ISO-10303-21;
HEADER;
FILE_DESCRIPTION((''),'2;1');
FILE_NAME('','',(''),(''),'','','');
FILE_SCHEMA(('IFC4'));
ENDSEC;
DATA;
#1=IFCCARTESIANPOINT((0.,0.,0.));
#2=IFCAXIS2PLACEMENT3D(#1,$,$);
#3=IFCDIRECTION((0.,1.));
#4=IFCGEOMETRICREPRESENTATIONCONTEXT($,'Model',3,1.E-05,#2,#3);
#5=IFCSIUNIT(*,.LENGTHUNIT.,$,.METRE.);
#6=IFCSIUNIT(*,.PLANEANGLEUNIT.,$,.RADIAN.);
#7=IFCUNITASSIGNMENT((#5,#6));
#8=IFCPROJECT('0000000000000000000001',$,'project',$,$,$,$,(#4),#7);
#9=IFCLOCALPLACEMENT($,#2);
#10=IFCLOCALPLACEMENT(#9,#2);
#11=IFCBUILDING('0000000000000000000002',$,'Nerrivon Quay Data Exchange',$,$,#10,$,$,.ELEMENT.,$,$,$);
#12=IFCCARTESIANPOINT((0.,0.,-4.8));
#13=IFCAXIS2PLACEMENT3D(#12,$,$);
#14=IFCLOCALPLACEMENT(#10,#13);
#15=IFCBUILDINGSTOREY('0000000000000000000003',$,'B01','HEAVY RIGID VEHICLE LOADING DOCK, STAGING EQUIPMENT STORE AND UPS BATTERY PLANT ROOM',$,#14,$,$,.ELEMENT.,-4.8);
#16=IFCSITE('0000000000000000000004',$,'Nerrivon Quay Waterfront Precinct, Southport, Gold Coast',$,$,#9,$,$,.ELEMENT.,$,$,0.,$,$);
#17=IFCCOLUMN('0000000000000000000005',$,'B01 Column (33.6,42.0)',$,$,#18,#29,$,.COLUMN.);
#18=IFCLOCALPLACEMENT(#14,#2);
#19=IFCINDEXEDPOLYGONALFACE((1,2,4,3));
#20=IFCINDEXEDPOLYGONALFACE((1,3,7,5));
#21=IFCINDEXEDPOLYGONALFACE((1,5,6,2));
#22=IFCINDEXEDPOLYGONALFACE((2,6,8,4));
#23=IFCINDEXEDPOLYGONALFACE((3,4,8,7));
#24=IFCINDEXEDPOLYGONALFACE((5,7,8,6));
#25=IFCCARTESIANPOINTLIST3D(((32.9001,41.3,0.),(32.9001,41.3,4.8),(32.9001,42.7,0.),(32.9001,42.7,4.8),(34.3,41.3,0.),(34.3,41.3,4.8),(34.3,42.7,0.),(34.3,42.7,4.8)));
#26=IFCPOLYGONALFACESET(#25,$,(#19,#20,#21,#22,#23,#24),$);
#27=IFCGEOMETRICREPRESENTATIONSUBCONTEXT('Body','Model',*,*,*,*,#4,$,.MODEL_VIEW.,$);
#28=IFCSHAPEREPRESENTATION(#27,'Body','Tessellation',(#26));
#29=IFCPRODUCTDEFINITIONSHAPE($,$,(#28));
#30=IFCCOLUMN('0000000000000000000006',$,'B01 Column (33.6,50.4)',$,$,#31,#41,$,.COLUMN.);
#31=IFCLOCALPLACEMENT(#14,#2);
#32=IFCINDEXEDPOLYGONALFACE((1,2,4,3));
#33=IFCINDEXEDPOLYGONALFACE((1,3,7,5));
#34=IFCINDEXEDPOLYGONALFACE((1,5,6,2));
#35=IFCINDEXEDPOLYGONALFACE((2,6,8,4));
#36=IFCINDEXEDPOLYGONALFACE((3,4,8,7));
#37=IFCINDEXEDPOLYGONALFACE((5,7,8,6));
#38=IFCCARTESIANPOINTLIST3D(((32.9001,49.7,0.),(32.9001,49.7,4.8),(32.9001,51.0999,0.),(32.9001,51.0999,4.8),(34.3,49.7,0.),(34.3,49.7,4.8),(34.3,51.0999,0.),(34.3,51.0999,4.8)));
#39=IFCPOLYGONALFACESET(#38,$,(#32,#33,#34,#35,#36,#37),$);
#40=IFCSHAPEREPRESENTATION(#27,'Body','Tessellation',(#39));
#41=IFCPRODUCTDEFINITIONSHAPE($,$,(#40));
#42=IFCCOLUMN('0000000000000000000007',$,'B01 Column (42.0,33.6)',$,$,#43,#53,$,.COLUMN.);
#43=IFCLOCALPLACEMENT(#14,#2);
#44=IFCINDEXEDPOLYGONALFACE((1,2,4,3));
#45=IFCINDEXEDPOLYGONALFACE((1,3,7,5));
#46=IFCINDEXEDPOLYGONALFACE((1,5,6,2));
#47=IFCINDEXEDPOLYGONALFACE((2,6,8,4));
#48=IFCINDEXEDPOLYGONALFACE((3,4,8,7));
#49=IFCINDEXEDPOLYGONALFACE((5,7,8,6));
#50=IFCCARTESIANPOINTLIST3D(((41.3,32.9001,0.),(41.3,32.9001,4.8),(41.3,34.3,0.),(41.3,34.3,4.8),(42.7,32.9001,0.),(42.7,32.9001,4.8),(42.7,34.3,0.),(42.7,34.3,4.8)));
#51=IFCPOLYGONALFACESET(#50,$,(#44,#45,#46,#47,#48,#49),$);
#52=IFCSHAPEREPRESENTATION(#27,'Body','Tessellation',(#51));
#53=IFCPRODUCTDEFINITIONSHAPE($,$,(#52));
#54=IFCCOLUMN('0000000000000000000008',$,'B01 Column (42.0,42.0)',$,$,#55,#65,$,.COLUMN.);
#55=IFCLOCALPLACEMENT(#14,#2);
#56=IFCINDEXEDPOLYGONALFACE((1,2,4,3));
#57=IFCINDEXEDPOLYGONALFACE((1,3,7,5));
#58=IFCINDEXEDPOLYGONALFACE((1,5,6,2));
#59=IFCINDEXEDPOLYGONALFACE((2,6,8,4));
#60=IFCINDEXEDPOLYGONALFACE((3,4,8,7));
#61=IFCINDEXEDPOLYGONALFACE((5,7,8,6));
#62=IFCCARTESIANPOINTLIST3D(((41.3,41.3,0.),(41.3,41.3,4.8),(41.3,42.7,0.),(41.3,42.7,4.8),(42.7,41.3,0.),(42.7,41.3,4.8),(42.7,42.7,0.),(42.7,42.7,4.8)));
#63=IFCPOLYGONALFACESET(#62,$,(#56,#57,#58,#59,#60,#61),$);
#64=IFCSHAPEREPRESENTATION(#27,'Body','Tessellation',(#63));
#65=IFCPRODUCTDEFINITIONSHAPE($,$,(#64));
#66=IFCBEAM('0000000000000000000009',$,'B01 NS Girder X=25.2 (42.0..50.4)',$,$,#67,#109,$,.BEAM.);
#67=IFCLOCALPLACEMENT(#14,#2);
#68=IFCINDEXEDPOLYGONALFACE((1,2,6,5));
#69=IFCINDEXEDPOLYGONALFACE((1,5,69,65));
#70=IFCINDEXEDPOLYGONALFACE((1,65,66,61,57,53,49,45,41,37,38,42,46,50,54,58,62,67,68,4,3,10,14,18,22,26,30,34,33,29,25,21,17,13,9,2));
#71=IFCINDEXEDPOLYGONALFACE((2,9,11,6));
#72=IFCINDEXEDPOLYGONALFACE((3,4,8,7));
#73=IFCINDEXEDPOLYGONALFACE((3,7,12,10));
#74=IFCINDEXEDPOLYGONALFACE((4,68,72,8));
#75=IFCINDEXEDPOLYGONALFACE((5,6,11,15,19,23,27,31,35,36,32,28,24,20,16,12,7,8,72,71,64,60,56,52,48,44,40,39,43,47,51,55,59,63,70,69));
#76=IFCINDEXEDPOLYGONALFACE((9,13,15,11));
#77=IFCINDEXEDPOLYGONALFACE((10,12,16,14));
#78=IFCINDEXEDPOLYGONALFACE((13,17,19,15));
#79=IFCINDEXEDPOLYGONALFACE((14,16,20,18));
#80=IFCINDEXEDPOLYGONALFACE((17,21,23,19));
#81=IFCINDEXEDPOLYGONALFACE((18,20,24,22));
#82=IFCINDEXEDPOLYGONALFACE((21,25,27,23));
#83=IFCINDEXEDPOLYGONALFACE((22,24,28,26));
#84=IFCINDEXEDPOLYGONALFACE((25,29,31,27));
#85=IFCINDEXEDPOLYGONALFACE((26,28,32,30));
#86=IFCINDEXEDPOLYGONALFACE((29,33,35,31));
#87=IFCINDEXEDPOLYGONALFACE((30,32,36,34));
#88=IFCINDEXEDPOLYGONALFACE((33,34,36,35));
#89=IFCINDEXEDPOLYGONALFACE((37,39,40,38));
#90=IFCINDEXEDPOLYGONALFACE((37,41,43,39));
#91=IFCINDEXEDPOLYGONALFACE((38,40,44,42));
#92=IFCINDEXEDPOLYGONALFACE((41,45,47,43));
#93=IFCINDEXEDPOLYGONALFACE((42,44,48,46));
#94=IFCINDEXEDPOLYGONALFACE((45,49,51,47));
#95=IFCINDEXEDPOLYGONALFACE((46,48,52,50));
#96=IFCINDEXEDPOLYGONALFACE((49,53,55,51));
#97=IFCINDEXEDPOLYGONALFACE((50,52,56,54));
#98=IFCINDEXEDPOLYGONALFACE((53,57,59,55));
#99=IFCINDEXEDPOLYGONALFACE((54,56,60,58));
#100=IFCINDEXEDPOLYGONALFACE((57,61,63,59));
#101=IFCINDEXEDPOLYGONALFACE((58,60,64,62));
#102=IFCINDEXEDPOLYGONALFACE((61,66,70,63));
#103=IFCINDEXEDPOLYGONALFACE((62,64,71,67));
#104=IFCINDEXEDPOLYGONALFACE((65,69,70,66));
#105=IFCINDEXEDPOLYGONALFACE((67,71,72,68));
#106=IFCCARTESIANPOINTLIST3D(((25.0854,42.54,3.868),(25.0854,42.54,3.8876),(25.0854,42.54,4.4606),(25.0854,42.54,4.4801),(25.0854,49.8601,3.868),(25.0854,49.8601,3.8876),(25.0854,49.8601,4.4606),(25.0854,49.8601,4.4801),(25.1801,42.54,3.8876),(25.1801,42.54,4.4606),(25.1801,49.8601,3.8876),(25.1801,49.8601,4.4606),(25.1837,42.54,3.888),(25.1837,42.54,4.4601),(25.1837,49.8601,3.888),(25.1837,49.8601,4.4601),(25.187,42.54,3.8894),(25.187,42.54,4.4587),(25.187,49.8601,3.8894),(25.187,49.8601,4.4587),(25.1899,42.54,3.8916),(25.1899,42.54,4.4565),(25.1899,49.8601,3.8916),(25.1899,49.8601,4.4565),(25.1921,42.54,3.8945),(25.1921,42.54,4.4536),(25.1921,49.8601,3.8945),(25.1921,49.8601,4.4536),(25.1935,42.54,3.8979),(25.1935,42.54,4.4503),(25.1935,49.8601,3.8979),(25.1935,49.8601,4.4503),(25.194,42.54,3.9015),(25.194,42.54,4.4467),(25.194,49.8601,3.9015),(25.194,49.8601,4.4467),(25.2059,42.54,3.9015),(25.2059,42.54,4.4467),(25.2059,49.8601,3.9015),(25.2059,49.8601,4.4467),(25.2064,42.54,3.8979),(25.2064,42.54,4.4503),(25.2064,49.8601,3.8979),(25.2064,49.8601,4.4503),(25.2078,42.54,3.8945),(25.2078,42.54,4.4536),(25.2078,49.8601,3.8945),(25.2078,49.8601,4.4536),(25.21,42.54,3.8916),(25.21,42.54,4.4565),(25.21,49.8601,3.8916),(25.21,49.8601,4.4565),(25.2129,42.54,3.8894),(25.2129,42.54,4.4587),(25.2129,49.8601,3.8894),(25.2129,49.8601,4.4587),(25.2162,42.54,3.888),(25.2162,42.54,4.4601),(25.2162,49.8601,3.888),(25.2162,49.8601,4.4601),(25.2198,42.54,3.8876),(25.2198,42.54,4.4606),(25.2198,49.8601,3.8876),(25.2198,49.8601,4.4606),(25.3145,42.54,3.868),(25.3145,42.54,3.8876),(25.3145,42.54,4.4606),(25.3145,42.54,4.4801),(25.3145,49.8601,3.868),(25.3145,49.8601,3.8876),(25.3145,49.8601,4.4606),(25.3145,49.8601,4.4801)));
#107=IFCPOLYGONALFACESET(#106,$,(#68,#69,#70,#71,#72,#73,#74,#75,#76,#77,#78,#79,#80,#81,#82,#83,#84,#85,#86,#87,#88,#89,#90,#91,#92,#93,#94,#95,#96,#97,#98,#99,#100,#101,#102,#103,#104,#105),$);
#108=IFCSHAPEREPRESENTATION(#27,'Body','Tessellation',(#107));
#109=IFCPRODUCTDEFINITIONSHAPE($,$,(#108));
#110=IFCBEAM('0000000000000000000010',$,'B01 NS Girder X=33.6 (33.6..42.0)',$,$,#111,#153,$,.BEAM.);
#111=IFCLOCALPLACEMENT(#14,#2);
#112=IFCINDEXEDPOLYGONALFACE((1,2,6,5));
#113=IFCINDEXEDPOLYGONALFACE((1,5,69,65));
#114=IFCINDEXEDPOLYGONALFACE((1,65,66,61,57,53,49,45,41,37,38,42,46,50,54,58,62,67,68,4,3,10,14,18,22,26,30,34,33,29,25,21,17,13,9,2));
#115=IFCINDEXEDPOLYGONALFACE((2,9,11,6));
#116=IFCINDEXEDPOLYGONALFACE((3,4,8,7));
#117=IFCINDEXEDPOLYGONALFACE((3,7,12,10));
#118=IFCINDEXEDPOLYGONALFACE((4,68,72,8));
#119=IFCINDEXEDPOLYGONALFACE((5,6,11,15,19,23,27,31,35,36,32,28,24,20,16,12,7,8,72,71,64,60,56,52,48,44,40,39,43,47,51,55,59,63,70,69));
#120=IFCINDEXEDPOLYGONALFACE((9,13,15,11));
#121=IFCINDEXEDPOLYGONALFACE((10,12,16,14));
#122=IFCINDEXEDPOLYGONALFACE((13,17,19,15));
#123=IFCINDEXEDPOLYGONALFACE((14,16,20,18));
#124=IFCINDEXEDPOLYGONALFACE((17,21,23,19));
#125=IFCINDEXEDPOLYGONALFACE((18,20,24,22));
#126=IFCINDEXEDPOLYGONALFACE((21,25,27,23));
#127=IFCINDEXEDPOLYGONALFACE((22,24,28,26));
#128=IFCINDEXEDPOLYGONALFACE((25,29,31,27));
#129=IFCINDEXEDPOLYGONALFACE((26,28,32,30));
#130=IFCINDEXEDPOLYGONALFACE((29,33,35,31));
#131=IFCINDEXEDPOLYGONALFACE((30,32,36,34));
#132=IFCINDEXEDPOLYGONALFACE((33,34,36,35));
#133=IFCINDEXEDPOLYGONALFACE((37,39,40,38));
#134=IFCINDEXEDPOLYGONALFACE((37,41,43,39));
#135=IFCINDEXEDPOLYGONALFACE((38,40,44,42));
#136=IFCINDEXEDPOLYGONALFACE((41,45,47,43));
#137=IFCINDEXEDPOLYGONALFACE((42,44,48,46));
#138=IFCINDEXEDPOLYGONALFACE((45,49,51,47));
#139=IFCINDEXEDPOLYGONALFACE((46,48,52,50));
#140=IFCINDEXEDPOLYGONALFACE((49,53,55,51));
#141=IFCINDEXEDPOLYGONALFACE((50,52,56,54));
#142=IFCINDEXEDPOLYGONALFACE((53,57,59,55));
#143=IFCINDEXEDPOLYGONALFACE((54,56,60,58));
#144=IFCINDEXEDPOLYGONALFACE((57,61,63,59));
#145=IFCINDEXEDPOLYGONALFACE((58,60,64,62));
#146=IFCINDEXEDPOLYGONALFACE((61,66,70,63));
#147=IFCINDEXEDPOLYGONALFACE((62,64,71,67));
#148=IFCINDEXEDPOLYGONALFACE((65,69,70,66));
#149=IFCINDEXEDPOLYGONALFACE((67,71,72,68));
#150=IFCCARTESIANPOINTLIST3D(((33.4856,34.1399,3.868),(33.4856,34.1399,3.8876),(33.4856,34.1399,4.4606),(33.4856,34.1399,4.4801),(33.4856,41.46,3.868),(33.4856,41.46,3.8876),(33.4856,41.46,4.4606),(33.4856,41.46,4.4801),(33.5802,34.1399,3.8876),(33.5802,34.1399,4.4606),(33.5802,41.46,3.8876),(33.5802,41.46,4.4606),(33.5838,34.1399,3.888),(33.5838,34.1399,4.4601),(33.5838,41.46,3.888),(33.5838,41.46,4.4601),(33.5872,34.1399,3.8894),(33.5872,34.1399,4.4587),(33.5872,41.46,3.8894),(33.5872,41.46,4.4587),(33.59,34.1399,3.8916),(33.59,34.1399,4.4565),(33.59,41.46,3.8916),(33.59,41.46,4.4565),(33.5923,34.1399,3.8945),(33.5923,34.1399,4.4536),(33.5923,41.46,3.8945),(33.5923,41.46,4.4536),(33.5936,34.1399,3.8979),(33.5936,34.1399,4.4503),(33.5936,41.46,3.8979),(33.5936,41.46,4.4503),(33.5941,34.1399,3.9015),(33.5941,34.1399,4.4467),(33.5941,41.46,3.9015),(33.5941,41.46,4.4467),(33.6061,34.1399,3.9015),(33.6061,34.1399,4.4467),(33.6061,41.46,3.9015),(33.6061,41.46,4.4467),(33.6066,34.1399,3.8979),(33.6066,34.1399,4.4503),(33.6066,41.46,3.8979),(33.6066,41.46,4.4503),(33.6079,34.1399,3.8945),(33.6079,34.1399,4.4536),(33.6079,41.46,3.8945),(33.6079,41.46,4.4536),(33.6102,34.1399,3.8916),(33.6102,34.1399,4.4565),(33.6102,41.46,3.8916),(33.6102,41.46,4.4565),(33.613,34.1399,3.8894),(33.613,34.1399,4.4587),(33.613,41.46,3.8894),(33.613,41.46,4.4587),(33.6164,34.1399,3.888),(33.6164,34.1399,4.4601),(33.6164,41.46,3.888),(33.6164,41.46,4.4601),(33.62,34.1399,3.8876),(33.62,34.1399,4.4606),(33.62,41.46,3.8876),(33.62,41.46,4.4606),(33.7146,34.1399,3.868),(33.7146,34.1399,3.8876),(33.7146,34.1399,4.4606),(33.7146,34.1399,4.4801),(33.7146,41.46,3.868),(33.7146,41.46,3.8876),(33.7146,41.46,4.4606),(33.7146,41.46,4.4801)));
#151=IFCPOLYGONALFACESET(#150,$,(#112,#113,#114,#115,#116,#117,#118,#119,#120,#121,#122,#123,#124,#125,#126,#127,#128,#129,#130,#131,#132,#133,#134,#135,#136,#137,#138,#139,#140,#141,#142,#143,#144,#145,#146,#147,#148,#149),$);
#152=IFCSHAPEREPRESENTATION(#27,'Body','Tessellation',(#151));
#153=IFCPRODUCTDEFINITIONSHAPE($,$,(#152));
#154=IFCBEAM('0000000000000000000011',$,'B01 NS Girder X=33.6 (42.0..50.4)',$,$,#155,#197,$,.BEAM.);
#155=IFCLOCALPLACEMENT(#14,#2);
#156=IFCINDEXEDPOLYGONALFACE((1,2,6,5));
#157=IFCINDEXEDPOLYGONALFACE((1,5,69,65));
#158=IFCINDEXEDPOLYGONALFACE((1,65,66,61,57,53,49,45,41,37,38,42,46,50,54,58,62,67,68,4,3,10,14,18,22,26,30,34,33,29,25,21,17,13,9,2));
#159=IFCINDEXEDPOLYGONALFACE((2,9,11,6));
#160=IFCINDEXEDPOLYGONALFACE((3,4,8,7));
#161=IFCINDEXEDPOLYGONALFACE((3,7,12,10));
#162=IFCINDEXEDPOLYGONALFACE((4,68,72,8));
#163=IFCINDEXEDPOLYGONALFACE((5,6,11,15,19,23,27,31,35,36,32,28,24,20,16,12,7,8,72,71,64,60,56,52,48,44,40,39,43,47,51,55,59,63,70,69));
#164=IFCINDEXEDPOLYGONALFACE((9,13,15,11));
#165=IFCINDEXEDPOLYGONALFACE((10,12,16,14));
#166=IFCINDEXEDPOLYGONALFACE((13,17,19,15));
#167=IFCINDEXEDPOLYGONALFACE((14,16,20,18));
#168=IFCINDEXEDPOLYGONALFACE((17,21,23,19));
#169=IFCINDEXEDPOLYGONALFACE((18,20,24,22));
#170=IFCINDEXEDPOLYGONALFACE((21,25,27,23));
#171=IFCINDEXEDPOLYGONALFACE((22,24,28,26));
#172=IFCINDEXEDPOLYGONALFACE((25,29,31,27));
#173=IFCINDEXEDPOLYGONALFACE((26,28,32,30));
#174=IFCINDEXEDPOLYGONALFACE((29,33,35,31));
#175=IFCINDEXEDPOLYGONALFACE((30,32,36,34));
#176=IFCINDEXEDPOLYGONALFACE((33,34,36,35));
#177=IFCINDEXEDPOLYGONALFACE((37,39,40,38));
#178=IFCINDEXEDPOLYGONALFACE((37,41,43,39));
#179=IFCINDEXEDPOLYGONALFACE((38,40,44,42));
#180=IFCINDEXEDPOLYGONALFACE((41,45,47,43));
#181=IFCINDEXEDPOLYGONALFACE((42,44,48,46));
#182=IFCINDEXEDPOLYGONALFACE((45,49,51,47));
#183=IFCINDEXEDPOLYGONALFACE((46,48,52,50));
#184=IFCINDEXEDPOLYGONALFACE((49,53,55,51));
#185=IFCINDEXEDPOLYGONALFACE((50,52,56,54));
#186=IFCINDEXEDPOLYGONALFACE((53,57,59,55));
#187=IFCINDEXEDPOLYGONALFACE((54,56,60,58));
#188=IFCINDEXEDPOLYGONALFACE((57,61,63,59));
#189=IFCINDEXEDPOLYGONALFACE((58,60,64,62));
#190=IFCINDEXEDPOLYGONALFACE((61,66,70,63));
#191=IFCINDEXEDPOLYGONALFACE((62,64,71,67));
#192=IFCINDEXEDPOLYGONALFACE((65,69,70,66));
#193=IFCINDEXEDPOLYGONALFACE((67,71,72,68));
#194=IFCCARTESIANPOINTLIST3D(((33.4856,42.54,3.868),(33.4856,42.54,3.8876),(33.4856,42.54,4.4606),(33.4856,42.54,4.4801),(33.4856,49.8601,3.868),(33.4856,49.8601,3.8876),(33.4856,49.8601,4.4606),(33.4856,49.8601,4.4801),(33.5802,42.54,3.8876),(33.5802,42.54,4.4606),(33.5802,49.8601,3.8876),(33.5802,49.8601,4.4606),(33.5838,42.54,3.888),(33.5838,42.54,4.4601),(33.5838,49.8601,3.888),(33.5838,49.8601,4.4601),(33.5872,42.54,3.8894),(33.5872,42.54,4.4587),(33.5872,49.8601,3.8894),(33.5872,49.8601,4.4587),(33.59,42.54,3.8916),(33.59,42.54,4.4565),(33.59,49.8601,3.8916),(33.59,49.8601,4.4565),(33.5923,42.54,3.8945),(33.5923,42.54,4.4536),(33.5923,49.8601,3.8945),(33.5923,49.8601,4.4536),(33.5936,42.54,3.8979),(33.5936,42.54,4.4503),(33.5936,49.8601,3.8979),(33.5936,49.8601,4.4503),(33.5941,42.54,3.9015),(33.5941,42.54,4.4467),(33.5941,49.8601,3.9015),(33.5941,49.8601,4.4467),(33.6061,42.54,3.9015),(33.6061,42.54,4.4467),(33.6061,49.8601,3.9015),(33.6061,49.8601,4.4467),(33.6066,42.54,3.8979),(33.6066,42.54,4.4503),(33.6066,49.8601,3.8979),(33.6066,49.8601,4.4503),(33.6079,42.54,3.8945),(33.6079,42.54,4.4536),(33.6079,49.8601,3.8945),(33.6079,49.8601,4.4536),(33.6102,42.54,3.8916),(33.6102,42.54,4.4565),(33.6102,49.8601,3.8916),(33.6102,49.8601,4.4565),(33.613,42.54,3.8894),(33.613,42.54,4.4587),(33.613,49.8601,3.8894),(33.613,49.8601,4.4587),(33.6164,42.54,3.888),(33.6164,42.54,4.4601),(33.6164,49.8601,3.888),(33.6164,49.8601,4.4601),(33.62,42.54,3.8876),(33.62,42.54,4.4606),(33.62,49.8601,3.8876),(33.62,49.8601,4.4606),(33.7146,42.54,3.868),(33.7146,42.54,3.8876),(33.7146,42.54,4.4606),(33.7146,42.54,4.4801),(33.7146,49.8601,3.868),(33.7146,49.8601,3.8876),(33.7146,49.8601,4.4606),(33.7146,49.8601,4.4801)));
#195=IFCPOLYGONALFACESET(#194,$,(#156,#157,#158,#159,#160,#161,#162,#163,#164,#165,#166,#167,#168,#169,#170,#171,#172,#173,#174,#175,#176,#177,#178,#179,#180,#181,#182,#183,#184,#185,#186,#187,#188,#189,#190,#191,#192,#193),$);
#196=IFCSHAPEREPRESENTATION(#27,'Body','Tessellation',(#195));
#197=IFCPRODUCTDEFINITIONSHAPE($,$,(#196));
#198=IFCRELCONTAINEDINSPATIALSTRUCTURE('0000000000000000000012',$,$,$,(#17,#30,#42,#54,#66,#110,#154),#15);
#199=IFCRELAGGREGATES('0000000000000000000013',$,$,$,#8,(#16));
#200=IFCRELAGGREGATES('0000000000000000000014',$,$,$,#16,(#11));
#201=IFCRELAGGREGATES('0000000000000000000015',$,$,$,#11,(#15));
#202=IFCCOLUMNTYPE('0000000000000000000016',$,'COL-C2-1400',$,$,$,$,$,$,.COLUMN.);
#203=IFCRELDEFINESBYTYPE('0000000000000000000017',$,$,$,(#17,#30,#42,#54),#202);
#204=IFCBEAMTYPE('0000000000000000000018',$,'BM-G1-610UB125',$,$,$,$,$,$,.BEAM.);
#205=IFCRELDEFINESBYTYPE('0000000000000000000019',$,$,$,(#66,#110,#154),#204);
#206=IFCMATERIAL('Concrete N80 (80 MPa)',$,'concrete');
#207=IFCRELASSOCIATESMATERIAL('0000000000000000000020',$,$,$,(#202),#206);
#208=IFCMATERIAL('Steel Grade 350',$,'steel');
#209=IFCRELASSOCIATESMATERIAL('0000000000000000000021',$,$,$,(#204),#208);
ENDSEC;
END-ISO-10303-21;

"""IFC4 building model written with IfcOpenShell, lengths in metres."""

from ifc_helpers import new_model, si_unit, direction, frame, origin, origin_2d, place, context, subcontext, project, spatial, rectangle, i_section, extrude, material, material_profile, profile_set, type_object, element, save


model = new_model("IFC4")

# Units and contexts
model_context = context("Model", 3, precision=1e-05, world=origin(), true_north=direction((0.0, 1.0)))
body_context = subcontext(model_context, "Body", "Model", "MODEL_VIEW")
ifc_project = project(units=[si_unit("LENGTHUNIT", "METRE"), si_unit("PLANEANGLEUNIT", "RADIAN")], contexts=[model_context])

# Site, building, storey
site_placement = place(None, origin())
site = spatial("IfcSite", under=ifc_project, at=site_placement, Name="Nerrivon Quay Waterfront Precinct, Southport, Gold Coast", CompositionType="ELEMENT", RefElevation=0.0)
building_placement = place(site_placement, origin())
building = spatial("IfcBuilding", under=site, at=building_placement, Name="Nerrivon Quay Data Exchange", CompositionType="ELEMENT")
storey_placement = place(building_placement, frame((0.0, 0.0, -4.8)))
storey = spatial("IfcBuildingStorey", under=building, at=storey_placement, Name="B01", Description="HEAVY RIGID VEHICLE LOADING DOCK, STAGING EQUIPMENT STORE AND UPS BATTERY PLANT ROOM", CompositionType="ELEMENT", Elevation=-4.8)

# Columns
ifc_material_1 = material(Name="Concrete N80 (80 MPa)", Category="concrete")
ifc_material_profile_1 = material_profile(ifc_material_1, rectangle(XDim=1.3999, YDim=1.3999, at=origin_2d()), Name="RC-COL-1400x1400")
ifc_profile_set_1 = profile_set([ifc_material_profile_1], Name="Concrete N80 (80 MPa)")
column_type = type_object("IfcColumnType", Name="COL-C2-1400", PredefinedType="COLUMN", material=ifc_profile_set_1)
for number, where, z_axis, x_axis, name in (
    (1, (33.6001, 42.0, 0.0), (0.0, 0.0, 1.0), (1.0, 0.0, 0.0), "B01 Column (33.6,42.0)"),
    (2, (33.6001, 50.3999, 0.0), (0.0, 0.0, 1.0), (1.0, 0.0, 0.0), "B01 Column (33.6,50.4)"),
    (3, (42.0, 33.6001, 0.0), (0.0, 0.0, 1.0), (1.0, 0.0, 0.0), "B01 Column (42.0,33.6)"),
    (4, (42.0, 42.0, 0.0), (0.0, 0.0, 1.0), (1.0, 0.0, 0.0), "B01 Column (42.0,42.0)"),
):
    element("IfcColumn", number, at=place(storey_placement, frame(where, z_axis=z_axis, x_axis=x_axis)), inside=storey, type_object=column_type, Name=name, PredefinedType="COLUMN", context=body_context, shape_type="SweptSolid", body=[
        extrude(rectangle(XDim=1.3999, YDim=1.3999, at=origin_2d()), origin(), (0.0, 0.0, 1.0), 4.8),
    ])

# Beams
ifc_material_2 = material(Name="Steel Grade 350", Category="steel")
ifc_material_profile_2 = material_profile(ifc_material_2, i_section(OverallWidth=0.229, OverallDepth=0.6121, WebThickness=0.012, FlangeThickness=0.0195, FilletRadius=0.0139, at=origin_2d()), Name="610UB125")
ifc_profile_set_2 = profile_set([ifc_material_profile_2], Name="Steel Grade 350")
beam_type_1 = type_object("IfcBeamType", Name="BM-G1-610UB125", PredefinedType="BEAM", material=ifc_profile_set_2)
for number, where, z_axis, x_axis, name in (
    (5, (25.2, 42.54, 4.1741), (0.0, 1.0, 0.0), (-1.0, 0.0, 0.0), "B01 NS Girder X=25.2 (42.0..50.4)"),
    (6, (33.6001, 34.1399, 4.1741), (0.0, 1.0, 0.0), (-1.0, 0.0, 0.0), "B01 NS Girder X=33.6 (33.6..42.0)"),
    (7, (33.6001, 42.54, 4.1741), (0.0, 1.0, 0.0), (-1.0, 0.0, 0.0), "B01 NS Girder X=33.6 (42.0..50.4)"),
):
    element("IfcBeam", number, at=place(storey_placement, frame(where, z_axis=z_axis, x_axis=x_axis)), inside=storey, type_object=beam_type_1, Name=name, PredefinedType="BEAM", context=body_context, shape_type="SweptSolid", body=[
        extrude(i_section(OverallWidth=0.229, OverallDepth=0.6121, WebThickness=0.012, FlangeThickness=0.0195, FilletRadius=0.0139, at=origin_2d()), origin(), (0.0, 0.0, 1.0), 7.3201),
    ])

save(model, "model.ifc")
